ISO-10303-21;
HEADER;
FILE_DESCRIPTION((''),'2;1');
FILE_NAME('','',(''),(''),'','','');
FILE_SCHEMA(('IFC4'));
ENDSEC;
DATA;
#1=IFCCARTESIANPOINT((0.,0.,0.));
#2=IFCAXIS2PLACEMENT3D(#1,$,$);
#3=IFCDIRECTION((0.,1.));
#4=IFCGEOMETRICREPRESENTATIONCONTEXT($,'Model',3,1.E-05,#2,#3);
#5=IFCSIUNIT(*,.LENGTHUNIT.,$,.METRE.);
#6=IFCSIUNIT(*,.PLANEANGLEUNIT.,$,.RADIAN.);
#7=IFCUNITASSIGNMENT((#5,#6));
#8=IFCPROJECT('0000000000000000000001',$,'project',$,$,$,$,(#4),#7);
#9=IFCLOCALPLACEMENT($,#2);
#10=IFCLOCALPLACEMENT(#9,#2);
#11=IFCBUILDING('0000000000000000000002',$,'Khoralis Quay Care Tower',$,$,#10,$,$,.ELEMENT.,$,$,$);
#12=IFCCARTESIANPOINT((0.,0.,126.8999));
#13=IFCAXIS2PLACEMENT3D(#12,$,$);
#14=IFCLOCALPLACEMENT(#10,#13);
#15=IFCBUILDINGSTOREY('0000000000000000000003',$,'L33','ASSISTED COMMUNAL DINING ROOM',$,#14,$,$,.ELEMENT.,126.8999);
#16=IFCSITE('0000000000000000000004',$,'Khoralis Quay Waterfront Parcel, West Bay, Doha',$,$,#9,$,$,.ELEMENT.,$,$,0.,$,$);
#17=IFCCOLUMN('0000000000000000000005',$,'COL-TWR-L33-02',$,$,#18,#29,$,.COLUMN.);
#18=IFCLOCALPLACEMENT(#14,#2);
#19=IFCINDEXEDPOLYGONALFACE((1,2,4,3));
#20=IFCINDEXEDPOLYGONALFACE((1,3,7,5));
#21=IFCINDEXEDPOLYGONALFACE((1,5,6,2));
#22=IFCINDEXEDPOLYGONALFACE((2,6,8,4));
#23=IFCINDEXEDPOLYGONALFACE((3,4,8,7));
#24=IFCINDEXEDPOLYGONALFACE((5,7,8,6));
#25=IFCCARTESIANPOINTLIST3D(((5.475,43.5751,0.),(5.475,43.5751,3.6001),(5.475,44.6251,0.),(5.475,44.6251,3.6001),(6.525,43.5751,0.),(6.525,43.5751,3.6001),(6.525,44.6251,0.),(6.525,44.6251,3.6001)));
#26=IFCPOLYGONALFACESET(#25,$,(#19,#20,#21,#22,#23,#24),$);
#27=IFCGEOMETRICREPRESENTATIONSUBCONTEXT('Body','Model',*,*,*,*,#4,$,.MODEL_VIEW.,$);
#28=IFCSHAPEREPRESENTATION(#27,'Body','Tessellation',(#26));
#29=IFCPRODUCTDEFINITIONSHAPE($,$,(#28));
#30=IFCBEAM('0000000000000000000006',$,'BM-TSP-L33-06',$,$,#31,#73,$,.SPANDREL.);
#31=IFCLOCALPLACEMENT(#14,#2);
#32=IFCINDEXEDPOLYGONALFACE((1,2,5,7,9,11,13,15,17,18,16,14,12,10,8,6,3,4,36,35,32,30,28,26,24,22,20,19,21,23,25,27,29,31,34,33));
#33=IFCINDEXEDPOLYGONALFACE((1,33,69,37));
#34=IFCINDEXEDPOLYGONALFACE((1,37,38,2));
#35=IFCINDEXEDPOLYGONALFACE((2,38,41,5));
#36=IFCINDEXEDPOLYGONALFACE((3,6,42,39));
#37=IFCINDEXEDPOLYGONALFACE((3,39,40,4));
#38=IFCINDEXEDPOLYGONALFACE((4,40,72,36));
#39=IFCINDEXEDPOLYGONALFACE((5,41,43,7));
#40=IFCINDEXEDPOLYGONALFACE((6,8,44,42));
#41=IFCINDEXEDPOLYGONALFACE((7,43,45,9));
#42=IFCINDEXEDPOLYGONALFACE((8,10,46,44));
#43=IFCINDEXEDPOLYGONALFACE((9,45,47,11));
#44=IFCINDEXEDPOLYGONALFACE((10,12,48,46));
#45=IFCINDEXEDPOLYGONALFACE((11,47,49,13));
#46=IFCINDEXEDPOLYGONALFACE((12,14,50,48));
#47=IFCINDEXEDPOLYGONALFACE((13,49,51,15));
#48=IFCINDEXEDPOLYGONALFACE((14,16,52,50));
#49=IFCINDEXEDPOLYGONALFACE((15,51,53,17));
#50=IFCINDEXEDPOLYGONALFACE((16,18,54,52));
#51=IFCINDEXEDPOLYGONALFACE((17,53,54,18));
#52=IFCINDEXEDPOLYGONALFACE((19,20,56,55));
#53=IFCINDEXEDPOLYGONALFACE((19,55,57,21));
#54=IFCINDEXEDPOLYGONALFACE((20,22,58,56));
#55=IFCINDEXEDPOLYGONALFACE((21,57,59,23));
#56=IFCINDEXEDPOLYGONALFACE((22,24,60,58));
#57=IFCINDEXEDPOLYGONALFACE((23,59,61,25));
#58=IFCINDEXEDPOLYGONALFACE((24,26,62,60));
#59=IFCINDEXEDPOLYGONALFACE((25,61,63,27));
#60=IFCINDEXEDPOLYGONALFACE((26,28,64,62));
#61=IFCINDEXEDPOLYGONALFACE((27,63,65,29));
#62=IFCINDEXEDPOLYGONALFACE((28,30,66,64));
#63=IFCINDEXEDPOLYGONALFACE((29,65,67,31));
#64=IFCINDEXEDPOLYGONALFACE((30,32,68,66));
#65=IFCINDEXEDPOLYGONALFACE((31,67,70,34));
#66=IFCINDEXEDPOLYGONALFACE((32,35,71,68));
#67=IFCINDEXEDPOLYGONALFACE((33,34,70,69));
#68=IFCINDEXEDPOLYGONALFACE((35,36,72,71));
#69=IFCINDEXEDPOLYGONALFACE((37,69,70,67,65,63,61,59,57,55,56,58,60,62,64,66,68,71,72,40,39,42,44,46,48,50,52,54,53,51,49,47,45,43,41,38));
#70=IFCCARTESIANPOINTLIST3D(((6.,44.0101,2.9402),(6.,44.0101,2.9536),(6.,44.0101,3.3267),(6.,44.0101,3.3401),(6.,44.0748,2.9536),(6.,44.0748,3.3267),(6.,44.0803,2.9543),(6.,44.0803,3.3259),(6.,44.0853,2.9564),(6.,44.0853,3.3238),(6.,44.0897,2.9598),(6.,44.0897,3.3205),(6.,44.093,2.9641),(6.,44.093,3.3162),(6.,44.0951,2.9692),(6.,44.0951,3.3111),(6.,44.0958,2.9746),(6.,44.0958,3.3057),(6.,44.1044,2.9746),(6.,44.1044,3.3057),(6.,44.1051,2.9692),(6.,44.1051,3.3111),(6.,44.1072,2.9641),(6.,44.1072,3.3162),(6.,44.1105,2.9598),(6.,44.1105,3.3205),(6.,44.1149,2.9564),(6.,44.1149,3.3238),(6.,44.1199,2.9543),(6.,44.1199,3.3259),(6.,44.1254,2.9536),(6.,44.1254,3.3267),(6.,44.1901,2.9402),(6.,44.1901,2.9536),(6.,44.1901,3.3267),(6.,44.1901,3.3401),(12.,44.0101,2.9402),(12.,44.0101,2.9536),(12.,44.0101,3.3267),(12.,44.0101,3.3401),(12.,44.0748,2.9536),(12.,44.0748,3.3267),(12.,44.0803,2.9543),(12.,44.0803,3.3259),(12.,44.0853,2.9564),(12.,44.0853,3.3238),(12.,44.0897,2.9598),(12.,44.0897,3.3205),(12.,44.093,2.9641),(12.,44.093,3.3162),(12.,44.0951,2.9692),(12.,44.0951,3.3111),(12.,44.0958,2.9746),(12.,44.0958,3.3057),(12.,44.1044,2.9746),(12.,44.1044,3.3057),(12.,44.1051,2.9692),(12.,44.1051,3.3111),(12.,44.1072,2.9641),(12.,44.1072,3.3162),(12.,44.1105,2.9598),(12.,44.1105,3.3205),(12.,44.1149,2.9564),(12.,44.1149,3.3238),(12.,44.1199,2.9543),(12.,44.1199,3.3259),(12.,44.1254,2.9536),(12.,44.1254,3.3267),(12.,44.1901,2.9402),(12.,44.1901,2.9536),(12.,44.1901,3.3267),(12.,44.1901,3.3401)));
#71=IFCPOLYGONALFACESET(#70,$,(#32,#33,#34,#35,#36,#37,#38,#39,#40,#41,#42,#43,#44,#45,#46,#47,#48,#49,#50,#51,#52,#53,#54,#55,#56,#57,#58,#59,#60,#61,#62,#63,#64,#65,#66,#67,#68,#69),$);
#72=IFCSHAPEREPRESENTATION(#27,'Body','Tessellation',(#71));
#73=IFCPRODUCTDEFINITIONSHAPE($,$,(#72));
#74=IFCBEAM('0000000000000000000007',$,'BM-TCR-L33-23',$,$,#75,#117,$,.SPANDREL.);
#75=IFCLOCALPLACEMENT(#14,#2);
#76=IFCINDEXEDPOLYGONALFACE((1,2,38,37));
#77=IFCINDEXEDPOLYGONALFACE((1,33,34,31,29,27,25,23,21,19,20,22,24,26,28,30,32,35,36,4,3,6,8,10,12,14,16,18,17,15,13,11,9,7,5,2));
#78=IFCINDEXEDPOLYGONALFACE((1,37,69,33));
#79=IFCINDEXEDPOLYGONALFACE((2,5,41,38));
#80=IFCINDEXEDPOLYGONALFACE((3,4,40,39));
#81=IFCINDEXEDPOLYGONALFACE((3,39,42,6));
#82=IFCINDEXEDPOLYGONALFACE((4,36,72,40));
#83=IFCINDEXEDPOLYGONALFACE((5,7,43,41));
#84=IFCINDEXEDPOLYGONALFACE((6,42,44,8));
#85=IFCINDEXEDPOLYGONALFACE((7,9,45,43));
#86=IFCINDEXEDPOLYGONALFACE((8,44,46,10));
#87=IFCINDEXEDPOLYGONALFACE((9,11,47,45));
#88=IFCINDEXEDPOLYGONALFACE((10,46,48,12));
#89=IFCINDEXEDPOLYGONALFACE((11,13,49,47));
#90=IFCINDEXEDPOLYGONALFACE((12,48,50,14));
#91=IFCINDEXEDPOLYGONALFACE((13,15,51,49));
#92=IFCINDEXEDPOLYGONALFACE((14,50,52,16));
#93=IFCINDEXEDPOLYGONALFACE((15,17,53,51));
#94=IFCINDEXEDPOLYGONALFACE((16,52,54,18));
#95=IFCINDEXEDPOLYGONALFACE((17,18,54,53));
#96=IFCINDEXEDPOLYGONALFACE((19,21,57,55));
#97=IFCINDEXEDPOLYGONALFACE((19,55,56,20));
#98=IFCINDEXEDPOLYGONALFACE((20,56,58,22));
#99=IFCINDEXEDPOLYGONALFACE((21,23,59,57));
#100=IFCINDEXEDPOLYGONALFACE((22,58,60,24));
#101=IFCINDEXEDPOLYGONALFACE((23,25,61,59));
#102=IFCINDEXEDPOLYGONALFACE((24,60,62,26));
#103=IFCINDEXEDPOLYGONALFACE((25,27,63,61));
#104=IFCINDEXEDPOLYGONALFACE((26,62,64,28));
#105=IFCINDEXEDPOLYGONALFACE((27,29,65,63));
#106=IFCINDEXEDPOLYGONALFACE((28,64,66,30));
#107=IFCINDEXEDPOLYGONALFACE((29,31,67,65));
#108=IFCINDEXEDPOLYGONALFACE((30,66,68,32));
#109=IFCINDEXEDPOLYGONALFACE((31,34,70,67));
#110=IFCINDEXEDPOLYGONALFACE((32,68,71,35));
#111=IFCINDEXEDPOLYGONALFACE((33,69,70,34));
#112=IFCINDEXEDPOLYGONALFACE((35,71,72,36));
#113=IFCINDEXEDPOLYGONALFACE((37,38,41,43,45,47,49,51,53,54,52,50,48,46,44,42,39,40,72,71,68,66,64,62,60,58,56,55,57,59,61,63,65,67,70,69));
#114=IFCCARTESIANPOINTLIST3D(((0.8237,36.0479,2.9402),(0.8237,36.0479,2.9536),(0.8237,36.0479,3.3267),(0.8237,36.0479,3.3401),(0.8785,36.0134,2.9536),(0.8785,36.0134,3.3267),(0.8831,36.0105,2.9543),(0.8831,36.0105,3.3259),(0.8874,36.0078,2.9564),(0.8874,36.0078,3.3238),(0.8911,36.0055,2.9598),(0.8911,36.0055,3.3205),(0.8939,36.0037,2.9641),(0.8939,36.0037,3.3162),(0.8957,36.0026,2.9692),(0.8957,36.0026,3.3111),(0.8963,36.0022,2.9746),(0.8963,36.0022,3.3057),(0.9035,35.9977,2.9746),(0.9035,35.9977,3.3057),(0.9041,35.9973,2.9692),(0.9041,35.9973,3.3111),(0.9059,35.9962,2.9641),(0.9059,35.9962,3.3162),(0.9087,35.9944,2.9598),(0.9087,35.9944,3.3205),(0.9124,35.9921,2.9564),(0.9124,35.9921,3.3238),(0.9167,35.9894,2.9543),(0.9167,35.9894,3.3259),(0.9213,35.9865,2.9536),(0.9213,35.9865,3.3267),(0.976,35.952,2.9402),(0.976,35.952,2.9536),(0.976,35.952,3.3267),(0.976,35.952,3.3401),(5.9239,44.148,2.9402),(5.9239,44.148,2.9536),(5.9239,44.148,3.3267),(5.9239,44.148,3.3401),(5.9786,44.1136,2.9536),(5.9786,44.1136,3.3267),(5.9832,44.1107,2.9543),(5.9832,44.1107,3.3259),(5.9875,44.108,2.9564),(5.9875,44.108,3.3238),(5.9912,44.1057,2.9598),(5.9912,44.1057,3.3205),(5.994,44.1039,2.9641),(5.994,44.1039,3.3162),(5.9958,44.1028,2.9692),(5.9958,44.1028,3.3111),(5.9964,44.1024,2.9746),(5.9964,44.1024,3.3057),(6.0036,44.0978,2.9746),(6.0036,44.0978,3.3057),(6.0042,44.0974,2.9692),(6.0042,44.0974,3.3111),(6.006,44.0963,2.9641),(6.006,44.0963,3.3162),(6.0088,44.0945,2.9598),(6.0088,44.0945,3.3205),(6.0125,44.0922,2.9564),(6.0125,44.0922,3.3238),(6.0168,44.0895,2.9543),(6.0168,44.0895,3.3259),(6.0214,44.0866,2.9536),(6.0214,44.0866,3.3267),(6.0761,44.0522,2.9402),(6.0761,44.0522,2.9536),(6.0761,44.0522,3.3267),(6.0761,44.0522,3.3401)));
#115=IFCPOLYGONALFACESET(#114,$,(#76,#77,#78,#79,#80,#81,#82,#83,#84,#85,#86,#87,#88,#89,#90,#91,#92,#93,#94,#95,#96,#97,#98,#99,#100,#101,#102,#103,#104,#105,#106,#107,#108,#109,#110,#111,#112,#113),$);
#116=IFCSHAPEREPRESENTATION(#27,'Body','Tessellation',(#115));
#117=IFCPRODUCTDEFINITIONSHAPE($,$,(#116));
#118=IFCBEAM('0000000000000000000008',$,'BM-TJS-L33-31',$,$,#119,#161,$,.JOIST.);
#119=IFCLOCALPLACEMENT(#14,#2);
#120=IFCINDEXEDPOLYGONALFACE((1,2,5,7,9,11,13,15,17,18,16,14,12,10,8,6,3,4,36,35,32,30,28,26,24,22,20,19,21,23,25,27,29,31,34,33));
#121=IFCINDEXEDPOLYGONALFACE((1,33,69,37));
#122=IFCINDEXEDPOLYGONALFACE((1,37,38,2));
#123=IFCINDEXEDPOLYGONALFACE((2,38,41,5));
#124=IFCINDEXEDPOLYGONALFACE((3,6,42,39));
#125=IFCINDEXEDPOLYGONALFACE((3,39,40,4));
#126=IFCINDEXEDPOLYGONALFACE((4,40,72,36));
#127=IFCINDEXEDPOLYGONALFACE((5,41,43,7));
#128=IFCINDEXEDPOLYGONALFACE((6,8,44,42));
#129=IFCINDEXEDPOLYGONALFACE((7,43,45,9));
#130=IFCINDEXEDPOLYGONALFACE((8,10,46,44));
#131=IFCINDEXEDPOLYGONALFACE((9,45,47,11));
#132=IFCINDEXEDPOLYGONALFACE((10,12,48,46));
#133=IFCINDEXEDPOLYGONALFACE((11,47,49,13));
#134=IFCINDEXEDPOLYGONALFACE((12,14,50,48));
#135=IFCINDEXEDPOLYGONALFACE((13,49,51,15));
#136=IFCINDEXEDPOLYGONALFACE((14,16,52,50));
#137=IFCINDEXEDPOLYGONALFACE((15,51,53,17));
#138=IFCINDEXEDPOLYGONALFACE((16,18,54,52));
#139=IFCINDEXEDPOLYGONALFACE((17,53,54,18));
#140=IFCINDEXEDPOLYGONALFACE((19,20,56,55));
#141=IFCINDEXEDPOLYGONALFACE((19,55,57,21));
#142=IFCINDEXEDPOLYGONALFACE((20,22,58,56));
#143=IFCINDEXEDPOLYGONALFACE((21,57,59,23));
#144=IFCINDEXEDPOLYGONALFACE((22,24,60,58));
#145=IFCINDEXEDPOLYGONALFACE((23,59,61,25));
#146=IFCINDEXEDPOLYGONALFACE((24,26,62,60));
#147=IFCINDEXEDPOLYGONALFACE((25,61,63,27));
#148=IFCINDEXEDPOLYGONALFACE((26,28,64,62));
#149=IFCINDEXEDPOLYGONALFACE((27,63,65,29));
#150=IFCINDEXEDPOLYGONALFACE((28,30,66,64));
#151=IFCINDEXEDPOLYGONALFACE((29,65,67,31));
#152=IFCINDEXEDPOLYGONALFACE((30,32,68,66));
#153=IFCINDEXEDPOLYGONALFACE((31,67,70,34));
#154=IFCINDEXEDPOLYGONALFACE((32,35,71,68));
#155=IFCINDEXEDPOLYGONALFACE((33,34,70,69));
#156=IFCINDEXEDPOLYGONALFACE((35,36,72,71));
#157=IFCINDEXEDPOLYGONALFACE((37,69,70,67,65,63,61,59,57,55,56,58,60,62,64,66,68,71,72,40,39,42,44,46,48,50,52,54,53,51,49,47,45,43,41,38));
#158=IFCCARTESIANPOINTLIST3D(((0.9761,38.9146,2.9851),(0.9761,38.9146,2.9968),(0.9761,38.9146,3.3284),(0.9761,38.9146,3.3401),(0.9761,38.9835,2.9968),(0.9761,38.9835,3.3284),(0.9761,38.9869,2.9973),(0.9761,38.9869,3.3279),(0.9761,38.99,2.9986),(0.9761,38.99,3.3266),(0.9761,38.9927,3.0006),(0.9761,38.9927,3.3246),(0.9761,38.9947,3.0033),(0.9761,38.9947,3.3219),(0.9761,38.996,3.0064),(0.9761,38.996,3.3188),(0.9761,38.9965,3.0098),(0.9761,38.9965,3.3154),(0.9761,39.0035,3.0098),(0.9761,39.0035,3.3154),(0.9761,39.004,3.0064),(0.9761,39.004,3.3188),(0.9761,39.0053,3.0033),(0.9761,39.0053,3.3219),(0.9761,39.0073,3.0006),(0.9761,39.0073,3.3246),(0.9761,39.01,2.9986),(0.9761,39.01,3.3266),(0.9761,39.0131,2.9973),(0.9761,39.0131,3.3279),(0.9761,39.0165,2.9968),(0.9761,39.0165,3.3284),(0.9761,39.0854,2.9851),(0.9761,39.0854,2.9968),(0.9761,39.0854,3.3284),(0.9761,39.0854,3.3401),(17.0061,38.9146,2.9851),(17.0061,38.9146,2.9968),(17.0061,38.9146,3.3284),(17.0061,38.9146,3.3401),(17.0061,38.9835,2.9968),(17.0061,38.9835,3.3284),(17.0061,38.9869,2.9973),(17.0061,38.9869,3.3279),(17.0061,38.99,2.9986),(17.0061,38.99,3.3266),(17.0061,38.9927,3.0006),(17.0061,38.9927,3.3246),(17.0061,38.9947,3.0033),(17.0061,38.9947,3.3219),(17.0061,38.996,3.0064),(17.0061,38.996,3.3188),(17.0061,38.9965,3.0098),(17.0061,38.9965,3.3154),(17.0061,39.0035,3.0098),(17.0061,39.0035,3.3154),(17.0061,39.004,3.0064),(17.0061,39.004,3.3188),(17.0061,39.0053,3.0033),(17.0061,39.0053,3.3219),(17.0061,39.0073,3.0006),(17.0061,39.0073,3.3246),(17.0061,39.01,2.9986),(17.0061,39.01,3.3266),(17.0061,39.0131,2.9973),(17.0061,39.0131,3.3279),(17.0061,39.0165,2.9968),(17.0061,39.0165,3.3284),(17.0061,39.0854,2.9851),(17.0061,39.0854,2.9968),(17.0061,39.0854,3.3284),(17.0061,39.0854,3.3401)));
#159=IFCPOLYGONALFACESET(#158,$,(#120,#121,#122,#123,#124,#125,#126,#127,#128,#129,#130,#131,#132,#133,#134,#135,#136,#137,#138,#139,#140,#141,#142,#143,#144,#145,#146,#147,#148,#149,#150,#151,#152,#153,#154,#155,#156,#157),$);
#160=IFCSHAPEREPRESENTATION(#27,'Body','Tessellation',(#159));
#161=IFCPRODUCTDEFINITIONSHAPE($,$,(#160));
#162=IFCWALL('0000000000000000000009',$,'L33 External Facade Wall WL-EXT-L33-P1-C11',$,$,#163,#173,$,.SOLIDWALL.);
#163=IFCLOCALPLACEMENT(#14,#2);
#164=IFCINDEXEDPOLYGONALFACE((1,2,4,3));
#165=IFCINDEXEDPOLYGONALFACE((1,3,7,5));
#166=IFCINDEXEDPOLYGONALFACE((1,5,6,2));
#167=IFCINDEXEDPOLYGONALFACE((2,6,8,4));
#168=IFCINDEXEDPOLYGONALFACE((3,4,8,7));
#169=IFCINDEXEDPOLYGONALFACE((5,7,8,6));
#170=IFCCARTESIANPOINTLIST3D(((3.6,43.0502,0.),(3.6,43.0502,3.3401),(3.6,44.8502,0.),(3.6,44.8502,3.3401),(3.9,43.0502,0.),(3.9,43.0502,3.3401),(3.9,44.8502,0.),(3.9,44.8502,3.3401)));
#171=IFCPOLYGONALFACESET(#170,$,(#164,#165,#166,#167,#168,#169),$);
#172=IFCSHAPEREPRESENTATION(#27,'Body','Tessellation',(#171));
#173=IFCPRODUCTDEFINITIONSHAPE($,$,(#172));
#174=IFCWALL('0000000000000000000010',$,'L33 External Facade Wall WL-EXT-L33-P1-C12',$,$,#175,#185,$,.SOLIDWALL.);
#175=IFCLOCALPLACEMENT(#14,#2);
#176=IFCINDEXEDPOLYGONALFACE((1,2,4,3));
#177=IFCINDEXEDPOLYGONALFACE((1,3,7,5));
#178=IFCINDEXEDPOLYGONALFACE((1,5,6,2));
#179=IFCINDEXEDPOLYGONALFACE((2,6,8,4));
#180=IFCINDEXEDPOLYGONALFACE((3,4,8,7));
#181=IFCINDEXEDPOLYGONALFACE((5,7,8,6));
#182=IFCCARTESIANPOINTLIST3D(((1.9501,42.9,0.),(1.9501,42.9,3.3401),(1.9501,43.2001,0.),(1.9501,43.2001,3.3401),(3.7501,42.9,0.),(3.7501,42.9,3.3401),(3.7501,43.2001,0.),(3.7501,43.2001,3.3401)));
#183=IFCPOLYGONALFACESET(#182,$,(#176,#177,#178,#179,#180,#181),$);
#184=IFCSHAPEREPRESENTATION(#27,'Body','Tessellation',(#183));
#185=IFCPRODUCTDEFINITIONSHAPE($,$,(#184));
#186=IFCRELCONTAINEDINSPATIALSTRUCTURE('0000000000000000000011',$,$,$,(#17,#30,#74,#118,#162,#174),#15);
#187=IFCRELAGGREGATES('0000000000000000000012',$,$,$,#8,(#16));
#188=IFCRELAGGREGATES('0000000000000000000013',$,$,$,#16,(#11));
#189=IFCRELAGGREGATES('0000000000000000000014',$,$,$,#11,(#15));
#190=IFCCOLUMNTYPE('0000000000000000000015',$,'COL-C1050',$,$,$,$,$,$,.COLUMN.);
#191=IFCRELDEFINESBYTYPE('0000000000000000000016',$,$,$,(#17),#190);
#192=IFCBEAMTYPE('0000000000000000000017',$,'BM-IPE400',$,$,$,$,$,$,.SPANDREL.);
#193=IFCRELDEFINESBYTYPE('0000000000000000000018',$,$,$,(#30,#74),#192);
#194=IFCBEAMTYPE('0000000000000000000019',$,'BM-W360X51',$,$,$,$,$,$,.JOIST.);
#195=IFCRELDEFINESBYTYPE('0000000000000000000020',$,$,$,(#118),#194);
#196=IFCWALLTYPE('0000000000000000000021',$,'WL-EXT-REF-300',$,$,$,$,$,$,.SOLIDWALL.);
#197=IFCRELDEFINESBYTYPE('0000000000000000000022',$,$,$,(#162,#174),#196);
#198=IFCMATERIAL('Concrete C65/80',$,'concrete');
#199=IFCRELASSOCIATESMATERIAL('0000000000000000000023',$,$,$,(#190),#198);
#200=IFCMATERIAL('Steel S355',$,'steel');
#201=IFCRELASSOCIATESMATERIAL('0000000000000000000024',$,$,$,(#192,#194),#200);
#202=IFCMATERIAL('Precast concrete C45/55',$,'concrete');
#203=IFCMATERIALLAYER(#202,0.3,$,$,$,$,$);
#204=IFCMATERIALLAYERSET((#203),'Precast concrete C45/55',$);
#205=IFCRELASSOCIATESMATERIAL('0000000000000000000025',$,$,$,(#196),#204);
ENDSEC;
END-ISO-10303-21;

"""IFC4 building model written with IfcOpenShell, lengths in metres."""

from ifc_helpers import new_model, si_unit, direction, frame, frame_2d, origin, origin_2d, place, context, subcontext, project, spatial, rectangle, i_section, extrude, source, transform, mapped, material, layer, layer_set, material_profile, profile_set, type_object, element, save


model = new_model("IFC4")

# Units and contexts
model_context = context("Model", 3, precision=1e-05, world=origin(), true_north=direction((0.0, 1.0)))
body_context = subcontext(model_context, "Body", "Model", "MODEL_VIEW")
ifc_project = project(units=[si_unit("LENGTHUNIT", "METRE"), si_unit("PLANEANGLEUNIT", "RADIAN")], contexts=[model_context])

# Site, building, storey
site_placement = place(None, origin())
site = spatial("IfcSite", under=ifc_project, at=site_placement, Name="Khoralis Quay Waterfront Parcel, West Bay, Doha", CompositionType="ELEMENT", RefElevation=0.0)
building_placement = place(site_placement, origin())
building = spatial("IfcBuilding", under=site, at=building_placement, Name="Khoralis Quay Care Tower", CompositionType="ELEMENT")
storey_placement = place(building_placement, frame((0.0, 0.0, 126.8999)))
storey = spatial("IfcBuildingStorey", under=building, at=storey_placement, Name="L33", Description="ASSISTED COMMUNAL DINING ROOM", CompositionType="ELEMENT", Elevation=126.8999)

# Column
ifc_material_1 = material(Name="Concrete C65/80", Category="concrete")
ifc_material_profile_1 = material_profile(ifc_material_1, rectangle(XDim=1.05, YDim=1.05, at=origin_2d()), Name="Concrete C65/80")
ifc_profile_set_1 = profile_set([ifc_material_profile_1], Name="Concrete C65/80")
column_type = type_object("IfcColumnType", Name="COL-C1050", PredefinedType="COLUMN", material=ifc_profile_set_1)
shared_shape_1 = source(origin(), body_context, "Body", "SweptSolid", [
    extrude(rectangle(XDim=1.05, YDim=1.05, at=origin_2d()), origin(), (0.0, 0.0, 1.0), 3.6001),
])
column_placement = place(storey_placement, frame((6.0, 44.1001, 0.0), z_axis=(0.0, 0.0, 1.0), x_axis=(1.0, 0.0, 0.0)))
element("IfcColumn", 1, at=column_placement, inside=storey, type_object=column_type, Name="COL-TWR-L33-02", PredefinedType="COLUMN", context=body_context, shape_type="MappedRepresentation", body=[
    mapped(shared_shape_1, transform((0.0, 0.0, 0.0), scale=1.0)),
])

# Beams
ifc_material_2 = material(Name="Steel S355", Category="steel")
ifc_material_profile_2 = material_profile(ifc_material_2, i_section(OverallWidth=0.1799, OverallDepth=0.3999, WebThickness=0.0085, FlangeThickness=0.0134, FilletRadius=0.021, at=origin_2d()), Name="Steel S355")
ifc_profile_set_2 = profile_set([ifc_material_profile_2], Name="Steel S355")
beam_type_1 = type_object("IfcBeamType", Name="BM-IPE400", PredefinedType="SPANDREL", material=ifc_profile_set_2)
shared_shape_2 = source(origin(), body_context, "Body", "SweptSolid", [
    extrude(i_section(OverallWidth=0.1799, OverallDepth=0.3999, WebThickness=0.0085, FlangeThickness=0.0134, FilletRadius=0.021, at=origin_2d()), origin(), (0.0, 0.0, 1.0), 6.0),
])
beam_1_placement = place(storey_placement, frame((6.0, 44.1001, 3.1401), z_axis=(1.0, 0.0, 0.0), x_axis=(0.0, 1.0, 0.0)))
element("IfcBeam", 2, at=beam_1_placement, inside=storey, type_object=beam_type_1, Name="BM-TSP-L33-06", PredefinedType="SPANDREL", context=body_context, shape_type="MappedRepresentation", body=[
    mapped(shared_shape_2, transform((0.0, 0.0, 0.0), scale=1.0)),
])
shared_shape_3 = source(origin(), body_context, "Body", "SweptSolid", [
    extrude(i_section(OverallWidth=0.1799, OverallDepth=0.3999, WebThickness=0.0085, FlangeThickness=0.0134, FilletRadius=0.021, at=origin_2d()), origin(), (0.0, 0.0, 1.0), 9.572),
])
beam_2_placement = place(storey_placement, frame((6.0, 44.1001, 3.1401), z_axis=(-0.532816, -0.846231, 0.0), x_axis=(0.846231, -0.532816, 0.0)))
element("IfcBeam", 3, at=beam_2_placement, inside=storey, type_object=beam_type_1, Name="BM-TCR-L33-23", PredefinedType="SPANDREL", context=body_context, shape_type="MappedRepresentation", body=[
    mapped(shared_shape_3, transform((0.0, 0.0, 0.0), scale=1.0)),
])
ifc_material_profile_3 = material_profile(ifc_material_2, i_section(OverallWidth=0.1709, OverallDepth=0.355, WebThickness=0.0071, FlangeThickness=0.0117, FilletRadius=0.0129, at=origin_2d()), Name="Steel S355")
ifc_profile_set_3 = profile_set([ifc_material_profile_3], Name="Steel S355")
beam_type_2 = type_object("IfcBeamType", Name="BM-W360X51", PredefinedType="JOIST", material=ifc_profile_set_3)
shared_shape_4 = source(origin(), body_context, "Body", "SweptSolid", [
    extrude(i_section(OverallWidth=0.1709, OverallDepth=0.355, WebThickness=0.0071, FlangeThickness=0.0117, FilletRadius=0.0129, at=origin_2d()), origin(), (0.0, 0.0, 1.0), 16.03),
])
beam_3_placement = place(storey_placement, frame((0.9761, 39.0, 3.1626), z_axis=(1.0, 0.0, 0.0), x_axis=(0.0, 1.0, 0.0)))
element("IfcBeam", 4, at=beam_3_placement, inside=storey, type_object=beam_type_2, Name="BM-TJS-L33-31", PredefinedType="JOIST", context=body_context, shape_type="MappedRepresentation", body=[
    mapped(shared_shape_4, transform((0.0, 0.0, 0.0), scale=1.0)),
])

# Walls
ifc_material_3 = material(Name="Precast concrete C45/55", Category="concrete")
ifc_layer_1 = layer(ifc_material_3, 0.3)
ifc_layer_set_1 = layer_set([ifc_layer_1], Name="Precast concrete C45/55")
wall_type_1 = type_object("IfcWallType", Name="WL-EXT-REF-300", PredefinedType="SOLIDWALL", material=ifc_layer_set_1)
for number, where, z_axis, x_axis, name in (
    (5, (3.75, 44.8501, 0.0), (0.0, 0.0, 1.0), (0.0, -1.0, 0.0), "L33 External Facade Wall WL-EXT-L33-P1-C11"),
    (6, (3.75, 43.05, 0.0), (0.0, 0.0, 1.0), (-1.0, 0.0, 0.0), "L33 External Facade Wall WL-EXT-L33-P1-C12"),
):
    element("IfcWall", number, at=place(storey_placement, frame(where, z_axis=z_axis, x_axis=x_axis)), inside=storey, type_object=wall_type_1, Name=name, PredefinedType="SOLIDWALL", context=body_context, shape_type="SweptSolid", body=[
        extrude(rectangle(XDim=1.8, YDim=0.3, at=frame_2d((0.8999, 0.0))), origin(), (0.0, 0.0, 1.0), 3.3401),
    ])

save(model, "model.ifc")
